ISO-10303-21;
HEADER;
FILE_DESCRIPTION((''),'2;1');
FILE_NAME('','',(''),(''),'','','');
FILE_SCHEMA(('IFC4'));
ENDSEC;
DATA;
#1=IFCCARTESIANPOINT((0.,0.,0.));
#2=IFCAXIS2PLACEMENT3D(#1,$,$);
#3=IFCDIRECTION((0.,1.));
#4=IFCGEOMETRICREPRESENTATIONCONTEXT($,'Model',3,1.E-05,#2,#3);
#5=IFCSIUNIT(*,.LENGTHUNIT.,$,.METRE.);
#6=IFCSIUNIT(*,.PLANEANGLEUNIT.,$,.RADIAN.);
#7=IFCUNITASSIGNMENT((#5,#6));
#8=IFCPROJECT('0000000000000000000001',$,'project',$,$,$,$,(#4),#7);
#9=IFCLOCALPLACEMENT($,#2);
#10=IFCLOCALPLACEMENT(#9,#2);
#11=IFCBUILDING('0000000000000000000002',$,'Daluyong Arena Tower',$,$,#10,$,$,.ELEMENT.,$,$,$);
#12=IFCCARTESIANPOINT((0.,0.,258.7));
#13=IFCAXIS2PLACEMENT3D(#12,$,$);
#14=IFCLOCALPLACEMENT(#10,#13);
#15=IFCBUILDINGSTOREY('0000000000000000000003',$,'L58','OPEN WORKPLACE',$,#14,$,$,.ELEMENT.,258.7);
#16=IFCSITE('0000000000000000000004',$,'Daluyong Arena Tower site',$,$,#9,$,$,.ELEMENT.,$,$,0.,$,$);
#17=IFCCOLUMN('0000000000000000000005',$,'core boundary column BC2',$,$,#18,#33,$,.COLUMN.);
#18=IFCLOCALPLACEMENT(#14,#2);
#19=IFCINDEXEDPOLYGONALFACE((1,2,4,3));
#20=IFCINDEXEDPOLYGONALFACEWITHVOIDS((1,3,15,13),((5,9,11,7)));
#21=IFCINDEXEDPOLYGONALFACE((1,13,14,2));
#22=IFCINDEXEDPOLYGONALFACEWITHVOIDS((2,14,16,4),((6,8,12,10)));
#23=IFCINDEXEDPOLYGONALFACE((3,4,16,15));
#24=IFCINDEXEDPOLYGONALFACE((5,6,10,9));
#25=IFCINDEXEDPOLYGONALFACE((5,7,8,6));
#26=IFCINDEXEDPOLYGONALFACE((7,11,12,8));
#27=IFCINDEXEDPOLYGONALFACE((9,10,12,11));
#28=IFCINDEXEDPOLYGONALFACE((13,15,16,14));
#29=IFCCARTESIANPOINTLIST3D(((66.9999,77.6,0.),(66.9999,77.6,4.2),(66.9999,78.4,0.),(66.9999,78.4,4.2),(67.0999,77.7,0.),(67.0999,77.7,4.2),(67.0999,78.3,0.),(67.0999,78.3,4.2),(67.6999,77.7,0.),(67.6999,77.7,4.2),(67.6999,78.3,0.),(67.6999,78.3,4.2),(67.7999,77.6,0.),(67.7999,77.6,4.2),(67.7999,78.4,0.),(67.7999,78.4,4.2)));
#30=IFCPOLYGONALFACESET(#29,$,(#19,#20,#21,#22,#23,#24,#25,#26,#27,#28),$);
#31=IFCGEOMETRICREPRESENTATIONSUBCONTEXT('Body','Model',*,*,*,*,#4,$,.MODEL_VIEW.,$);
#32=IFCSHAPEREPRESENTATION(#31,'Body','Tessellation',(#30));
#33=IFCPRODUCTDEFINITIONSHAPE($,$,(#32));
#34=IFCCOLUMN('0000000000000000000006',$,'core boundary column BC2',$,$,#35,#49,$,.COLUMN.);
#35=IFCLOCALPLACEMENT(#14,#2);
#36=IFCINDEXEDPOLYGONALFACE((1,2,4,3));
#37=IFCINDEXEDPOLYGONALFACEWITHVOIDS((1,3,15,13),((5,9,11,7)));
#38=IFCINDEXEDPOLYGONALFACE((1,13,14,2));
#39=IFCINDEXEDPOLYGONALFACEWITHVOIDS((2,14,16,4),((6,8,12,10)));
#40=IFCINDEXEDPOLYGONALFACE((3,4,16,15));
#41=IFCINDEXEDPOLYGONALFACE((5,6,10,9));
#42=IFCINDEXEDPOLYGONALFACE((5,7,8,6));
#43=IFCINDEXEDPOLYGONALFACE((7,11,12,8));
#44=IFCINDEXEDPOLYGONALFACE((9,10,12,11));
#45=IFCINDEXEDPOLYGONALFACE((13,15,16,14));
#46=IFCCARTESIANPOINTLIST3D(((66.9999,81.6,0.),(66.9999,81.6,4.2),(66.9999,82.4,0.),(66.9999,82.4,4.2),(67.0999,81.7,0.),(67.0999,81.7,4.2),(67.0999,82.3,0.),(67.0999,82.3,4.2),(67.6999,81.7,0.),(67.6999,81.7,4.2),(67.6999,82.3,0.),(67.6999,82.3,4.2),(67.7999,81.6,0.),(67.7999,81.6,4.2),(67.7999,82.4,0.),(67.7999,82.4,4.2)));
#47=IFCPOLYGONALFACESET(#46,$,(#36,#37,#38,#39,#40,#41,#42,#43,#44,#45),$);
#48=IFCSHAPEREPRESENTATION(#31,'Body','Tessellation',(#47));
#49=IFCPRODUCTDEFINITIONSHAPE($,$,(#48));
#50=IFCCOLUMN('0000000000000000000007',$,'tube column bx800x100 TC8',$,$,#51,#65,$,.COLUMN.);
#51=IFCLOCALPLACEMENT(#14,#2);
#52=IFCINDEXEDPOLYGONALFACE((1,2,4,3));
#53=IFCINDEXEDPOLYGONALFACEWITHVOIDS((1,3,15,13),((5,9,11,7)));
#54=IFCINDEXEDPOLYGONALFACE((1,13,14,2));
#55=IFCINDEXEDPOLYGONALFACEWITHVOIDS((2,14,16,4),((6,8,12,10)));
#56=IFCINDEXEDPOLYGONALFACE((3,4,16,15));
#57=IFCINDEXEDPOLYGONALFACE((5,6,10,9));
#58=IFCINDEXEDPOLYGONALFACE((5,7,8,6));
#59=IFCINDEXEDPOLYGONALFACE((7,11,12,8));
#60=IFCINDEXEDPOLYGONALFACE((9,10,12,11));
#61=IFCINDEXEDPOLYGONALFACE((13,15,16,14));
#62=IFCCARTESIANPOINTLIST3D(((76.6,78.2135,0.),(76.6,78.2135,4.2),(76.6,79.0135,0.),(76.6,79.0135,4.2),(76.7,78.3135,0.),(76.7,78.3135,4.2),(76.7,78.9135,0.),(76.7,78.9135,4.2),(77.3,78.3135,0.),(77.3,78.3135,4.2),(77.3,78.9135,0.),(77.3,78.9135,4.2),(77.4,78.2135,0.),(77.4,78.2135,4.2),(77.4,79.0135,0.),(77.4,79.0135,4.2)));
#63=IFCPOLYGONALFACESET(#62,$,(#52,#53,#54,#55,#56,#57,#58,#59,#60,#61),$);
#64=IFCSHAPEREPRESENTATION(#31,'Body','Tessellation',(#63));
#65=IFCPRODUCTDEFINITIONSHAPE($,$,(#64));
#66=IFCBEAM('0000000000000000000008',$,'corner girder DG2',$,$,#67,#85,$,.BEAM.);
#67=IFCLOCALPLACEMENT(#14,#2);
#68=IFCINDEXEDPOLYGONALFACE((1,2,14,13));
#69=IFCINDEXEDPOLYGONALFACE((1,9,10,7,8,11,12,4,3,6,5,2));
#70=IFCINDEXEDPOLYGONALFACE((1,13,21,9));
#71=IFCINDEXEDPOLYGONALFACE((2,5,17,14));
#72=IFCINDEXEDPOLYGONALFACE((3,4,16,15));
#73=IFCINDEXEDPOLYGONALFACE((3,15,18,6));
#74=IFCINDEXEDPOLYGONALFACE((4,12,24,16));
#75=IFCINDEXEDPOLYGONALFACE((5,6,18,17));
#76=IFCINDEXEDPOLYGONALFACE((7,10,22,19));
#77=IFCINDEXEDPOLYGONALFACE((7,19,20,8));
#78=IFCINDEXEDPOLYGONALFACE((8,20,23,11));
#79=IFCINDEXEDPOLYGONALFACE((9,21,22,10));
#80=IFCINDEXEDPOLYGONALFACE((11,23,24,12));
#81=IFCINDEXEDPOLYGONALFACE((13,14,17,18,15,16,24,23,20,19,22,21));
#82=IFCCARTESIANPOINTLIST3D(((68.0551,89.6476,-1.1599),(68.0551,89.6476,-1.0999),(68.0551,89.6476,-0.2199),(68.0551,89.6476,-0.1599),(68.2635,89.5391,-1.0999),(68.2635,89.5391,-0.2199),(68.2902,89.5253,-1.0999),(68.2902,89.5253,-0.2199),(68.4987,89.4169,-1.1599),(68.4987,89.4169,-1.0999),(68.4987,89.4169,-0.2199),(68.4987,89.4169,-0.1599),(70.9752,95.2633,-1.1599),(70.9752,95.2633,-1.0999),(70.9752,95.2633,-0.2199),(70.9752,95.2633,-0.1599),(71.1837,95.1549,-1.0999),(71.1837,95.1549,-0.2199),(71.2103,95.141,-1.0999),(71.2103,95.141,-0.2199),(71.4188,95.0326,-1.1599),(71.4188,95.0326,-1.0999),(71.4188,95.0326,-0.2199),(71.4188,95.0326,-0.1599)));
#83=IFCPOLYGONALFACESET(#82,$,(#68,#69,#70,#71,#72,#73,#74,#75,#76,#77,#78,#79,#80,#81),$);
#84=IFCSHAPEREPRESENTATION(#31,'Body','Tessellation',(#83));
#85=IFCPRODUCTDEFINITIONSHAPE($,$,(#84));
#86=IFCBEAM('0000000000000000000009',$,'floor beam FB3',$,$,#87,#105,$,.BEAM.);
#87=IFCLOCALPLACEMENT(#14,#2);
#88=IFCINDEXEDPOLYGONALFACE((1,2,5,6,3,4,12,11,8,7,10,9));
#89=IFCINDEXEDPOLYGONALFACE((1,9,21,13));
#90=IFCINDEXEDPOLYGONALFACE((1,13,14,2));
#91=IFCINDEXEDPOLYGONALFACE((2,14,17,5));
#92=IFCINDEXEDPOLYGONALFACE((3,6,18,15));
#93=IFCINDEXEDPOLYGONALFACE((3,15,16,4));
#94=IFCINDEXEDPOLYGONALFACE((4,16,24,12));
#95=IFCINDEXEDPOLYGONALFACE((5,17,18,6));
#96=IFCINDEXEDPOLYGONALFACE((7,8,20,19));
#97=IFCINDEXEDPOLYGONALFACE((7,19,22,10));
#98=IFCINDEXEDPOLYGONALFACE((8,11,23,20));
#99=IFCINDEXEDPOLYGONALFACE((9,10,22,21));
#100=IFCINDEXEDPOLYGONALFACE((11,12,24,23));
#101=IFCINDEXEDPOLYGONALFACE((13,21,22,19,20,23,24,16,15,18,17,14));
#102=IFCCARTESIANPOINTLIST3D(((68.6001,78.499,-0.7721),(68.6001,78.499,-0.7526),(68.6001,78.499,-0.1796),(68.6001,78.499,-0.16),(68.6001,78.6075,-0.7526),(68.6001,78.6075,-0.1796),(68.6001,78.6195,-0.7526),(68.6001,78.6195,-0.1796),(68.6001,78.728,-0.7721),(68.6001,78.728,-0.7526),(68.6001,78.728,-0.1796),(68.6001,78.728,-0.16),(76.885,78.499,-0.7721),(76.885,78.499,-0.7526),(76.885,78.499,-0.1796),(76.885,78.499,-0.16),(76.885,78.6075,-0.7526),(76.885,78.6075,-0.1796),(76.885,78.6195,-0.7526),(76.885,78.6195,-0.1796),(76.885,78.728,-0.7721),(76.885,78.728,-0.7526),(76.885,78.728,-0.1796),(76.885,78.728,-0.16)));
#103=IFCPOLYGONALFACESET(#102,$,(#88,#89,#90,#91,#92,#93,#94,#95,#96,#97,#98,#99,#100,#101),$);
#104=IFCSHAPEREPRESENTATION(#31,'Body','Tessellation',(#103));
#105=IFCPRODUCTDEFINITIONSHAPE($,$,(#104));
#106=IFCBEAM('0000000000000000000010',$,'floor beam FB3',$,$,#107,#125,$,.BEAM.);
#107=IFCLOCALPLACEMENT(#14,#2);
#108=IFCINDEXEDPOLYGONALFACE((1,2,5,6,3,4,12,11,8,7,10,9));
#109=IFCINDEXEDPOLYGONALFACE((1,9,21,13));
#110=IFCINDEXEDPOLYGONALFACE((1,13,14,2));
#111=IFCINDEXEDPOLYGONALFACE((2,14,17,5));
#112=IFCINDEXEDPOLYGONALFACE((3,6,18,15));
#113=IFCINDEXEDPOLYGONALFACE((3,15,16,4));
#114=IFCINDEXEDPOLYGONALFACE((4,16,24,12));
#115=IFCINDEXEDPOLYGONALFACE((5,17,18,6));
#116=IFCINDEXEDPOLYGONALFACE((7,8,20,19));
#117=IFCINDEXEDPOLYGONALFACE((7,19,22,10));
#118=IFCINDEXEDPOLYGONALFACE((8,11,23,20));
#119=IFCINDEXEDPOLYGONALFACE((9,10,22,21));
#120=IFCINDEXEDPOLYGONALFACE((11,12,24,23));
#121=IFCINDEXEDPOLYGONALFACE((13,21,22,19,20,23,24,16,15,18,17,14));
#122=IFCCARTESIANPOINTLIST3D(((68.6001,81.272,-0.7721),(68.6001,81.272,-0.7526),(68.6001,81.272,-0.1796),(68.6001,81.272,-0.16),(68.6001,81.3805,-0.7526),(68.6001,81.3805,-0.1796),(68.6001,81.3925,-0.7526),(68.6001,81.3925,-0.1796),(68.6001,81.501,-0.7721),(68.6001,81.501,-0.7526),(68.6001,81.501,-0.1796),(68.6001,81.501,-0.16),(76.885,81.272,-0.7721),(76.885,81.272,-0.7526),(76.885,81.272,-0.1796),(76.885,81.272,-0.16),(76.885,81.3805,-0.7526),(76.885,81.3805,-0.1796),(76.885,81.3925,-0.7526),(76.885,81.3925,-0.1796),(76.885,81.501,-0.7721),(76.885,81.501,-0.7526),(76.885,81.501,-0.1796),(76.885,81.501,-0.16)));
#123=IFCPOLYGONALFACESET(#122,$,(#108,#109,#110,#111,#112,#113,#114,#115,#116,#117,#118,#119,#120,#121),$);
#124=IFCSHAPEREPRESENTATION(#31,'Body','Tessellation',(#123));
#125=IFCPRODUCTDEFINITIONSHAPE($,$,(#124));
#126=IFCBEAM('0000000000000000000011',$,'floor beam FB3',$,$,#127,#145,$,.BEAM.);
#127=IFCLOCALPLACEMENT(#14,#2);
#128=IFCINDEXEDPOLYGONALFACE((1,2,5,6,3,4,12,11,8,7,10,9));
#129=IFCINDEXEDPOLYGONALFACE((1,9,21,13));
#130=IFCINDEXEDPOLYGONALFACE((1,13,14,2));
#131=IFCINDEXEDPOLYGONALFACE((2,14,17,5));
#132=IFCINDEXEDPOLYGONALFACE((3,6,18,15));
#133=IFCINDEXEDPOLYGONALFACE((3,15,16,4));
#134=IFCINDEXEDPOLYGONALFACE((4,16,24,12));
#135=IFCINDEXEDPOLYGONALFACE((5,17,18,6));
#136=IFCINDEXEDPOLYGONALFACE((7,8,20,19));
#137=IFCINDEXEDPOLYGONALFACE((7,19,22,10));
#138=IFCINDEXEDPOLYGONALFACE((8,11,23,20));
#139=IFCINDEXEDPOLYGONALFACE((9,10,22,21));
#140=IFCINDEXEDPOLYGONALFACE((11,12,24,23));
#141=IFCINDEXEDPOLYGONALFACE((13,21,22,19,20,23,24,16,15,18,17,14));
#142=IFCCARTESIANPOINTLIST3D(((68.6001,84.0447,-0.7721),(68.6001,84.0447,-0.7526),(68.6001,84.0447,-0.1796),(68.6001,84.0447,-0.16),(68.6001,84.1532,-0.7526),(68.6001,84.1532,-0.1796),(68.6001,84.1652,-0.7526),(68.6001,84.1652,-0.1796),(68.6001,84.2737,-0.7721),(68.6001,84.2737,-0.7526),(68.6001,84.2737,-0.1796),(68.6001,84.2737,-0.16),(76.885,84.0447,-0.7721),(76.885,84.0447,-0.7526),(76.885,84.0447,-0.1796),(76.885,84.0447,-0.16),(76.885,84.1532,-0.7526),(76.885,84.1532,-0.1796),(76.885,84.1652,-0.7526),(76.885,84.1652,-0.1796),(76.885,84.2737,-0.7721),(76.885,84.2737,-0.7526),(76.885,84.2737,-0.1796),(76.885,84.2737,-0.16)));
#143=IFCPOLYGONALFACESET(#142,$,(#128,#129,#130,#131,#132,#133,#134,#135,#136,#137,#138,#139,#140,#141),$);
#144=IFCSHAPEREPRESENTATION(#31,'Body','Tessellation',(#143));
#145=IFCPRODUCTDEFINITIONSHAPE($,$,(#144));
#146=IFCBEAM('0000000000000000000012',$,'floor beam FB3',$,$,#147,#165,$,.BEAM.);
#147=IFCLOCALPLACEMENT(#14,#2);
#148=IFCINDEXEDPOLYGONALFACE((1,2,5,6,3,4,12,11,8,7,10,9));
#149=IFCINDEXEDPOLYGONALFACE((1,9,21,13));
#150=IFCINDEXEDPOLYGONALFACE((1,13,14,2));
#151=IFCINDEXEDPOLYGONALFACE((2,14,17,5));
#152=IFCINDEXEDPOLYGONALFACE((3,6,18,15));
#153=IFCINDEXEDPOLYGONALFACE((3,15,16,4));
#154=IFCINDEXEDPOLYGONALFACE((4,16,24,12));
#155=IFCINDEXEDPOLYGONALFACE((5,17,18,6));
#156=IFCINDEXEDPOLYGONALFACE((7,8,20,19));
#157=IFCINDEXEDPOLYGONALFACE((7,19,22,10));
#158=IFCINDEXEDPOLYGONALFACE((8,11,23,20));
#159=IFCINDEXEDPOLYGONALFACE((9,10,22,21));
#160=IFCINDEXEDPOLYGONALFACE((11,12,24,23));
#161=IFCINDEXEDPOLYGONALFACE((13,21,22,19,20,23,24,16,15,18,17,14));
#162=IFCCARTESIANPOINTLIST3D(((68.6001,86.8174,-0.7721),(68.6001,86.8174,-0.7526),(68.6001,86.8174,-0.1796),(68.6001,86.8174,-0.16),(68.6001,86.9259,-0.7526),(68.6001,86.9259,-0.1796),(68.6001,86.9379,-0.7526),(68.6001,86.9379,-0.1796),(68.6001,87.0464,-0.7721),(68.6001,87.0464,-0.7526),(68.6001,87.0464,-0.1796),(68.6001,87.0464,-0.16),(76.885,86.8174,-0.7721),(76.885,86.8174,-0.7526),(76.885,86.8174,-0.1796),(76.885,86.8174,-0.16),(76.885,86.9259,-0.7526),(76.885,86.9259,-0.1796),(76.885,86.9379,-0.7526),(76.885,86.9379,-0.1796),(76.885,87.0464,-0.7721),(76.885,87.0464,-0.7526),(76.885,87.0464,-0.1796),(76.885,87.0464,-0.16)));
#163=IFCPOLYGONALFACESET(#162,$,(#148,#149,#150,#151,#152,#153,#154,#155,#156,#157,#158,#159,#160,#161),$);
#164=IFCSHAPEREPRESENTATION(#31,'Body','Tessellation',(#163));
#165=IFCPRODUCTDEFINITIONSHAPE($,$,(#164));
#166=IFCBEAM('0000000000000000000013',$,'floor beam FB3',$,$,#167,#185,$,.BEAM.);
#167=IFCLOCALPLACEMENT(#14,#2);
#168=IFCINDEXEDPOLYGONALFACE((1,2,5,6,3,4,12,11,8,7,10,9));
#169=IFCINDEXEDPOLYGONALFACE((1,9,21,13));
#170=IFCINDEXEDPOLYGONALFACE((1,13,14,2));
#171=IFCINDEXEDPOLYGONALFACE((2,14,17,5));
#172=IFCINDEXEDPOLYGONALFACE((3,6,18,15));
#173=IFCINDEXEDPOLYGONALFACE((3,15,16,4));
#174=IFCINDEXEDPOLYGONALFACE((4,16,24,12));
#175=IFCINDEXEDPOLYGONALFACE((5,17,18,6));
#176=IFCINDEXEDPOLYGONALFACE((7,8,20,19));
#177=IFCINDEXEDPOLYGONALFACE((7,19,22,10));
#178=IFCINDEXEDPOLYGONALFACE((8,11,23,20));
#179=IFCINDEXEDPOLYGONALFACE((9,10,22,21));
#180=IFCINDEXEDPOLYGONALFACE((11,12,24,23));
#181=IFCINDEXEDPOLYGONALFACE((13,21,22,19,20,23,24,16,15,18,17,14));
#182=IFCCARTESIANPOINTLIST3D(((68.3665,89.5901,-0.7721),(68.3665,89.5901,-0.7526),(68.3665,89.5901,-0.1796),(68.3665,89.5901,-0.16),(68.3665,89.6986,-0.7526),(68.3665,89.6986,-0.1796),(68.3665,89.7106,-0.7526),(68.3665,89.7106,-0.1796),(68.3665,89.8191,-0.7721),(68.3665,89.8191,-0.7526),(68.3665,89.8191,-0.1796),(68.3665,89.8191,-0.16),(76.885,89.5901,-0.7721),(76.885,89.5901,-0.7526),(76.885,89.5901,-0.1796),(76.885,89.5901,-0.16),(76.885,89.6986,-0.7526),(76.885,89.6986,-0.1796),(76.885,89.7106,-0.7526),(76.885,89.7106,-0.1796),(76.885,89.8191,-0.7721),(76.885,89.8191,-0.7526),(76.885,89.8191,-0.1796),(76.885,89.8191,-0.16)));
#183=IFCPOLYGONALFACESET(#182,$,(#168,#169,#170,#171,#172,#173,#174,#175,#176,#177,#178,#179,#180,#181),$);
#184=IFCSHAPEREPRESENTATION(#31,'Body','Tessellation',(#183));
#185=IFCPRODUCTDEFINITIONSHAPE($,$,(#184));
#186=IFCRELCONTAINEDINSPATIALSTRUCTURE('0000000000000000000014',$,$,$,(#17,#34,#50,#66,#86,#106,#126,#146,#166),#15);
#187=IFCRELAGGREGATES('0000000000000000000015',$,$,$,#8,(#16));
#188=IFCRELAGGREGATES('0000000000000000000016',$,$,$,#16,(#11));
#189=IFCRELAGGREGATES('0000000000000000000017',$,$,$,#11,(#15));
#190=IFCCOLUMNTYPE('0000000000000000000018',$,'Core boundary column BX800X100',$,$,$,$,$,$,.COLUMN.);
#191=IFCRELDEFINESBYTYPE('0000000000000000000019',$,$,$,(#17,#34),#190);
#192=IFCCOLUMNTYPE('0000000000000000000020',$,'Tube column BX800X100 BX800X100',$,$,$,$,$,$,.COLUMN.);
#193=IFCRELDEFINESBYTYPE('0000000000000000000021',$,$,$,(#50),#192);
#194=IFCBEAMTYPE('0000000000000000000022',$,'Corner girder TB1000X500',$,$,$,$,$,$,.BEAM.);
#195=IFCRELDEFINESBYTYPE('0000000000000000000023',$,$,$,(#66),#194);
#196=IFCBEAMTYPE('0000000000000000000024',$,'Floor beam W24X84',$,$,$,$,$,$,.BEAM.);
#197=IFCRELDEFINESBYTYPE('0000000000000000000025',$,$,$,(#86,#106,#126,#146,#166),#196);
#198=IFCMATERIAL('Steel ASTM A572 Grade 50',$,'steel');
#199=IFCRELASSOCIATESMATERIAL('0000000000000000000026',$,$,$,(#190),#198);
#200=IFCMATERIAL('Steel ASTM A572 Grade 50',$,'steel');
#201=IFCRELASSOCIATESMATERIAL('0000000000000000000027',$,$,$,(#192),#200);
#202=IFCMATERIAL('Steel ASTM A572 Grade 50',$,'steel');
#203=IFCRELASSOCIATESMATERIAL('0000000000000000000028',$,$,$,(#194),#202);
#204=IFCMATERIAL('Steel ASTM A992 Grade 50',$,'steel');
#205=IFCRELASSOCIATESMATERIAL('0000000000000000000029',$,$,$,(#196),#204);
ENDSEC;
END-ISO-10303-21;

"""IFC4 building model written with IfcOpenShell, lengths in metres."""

from ifc_helpers import new_model, si_unit, direction, frame, origin, origin_2d, place, context, subcontext, project, spatial, hollow_rectangle, i_section, extrude, material, material_profile, profile_set, type_object, element, save


model = new_model("IFC4")

# Units and contexts
model_context = context("Model", 3, precision=1e-05, world=origin(), true_north=direction((0.0, 1.0)))
body_context = subcontext(model_context, "Body", "Model", "MODEL_VIEW")
ifc_project = project(units=[si_unit("LENGTHUNIT", "METRE"), si_unit("PLANEANGLEUNIT", "RADIAN")], contexts=[model_context])

# Site, building, storey
site_placement = place(None, origin())
site = spatial("IfcSite", under=ifc_project, at=site_placement, Name="Daluyong Arena Tower site", CompositionType="ELEMENT", RefElevation=0.0)
building_placement = place(site_placement, origin())
building = spatial("IfcBuilding", under=site, at=building_placement, Name="Daluyong Arena Tower", CompositionType="ELEMENT")
storey_placement = place(building_placement, frame((0.0, 0.0, 258.7)))
storey = spatial("IfcBuildingStorey", under=building, at=storey_placement, Name="L58", Description="OPEN WORKPLACE", CompositionType="ELEMENT", Elevation=258.7)

# Columns
ifc_material_1 = material(Name="Steel ASTM A572 Grade 50", Category="steel")
ifc_material_profile_1 = material_profile(ifc_material_1, hollow_rectangle(XDim=0.8, YDim=0.8, WallThickness=0.1, at=origin_2d()))
ifc_profile_set_1 = profile_set([ifc_material_profile_1], Name="Steel ASTM A572 Grade 50")
column_type_1 = type_object("IfcColumnType", Name="Core boundary column BX800X100", PredefinedType="COLUMN", material=ifc_profile_set_1)
for number, where, z_axis, x_axis, name in (
    (1, (67.3999, 78.0, 0.0), (0.0, 0.0, 1.0), (1.0, 0.0, 0.0), "core boundary column BC2"),
    (2, (67.3999, 82.0, 0.0), (0.0, 0.0, 1.0), (1.0, 0.0, 0.0), "core boundary column BC2"),
):
    element("IfcColumn", number, at=place(storey_placement, frame(where, z_axis=z_axis, x_axis=x_axis)), inside=storey, type_object=column_type_1, Name=name, PredefinedType="COLUMN", context=body_context, shape_type="SweptSolid", body=[
        extrude(hollow_rectangle(XDim=0.8, YDim=0.8, WallThickness=0.1, at=origin_2d()), origin(), (0.0, 0.0, 1.0), 4.2),
    ])
ifc_material_2 = material(Name="Steel ASTM A572 Grade 50", Category="steel")
ifc_material_profile_2 = material_profile(ifc_material_2, hollow_rectangle(XDim=0.8, YDim=0.8, WallThickness=0.1, at=origin_2d()))
ifc_profile_set_2 = profile_set([ifc_material_profile_2], Name="Steel ASTM A572 Grade 50")
column_type_2 = type_object("IfcColumnType", Name="Tube column BX800X100 BX800X100", PredefinedType="COLUMN", material=ifc_profile_set_2)
column_placement = place(storey_placement, frame((77.0, 78.6135, 0.0), z_axis=(0.0, 0.0, 1.0), x_axis=(0.0, 1.0, 0.0)))
element("IfcColumn", 3, at=column_placement, inside=storey, type_object=column_type_2, Name="tube column bx800x100 TC8", PredefinedType="COLUMN", context=body_context, shape_type="SweptSolid", body=[
    extrude(hollow_rectangle(XDim=0.8, YDim=0.8, WallThickness=0.1, at=origin_2d()), origin(), (0.0, 0.0, 1.0), 4.2),
])

# Beams
ifc_material_3 = material(Name="Steel ASTM A572 Grade 50", Category="steel")
ifc_material_profile_3 = material_profile(ifc_material_3, i_section(OverallWidth=0.5, OverallDepth=1.0, WebThickness=0.03, FlangeThickness=0.06, at=origin_2d()))
ifc_profile_set_3 = profile_set([ifc_material_profile_3], Name="Steel ASTM A572 Grade 50")
beam_type_1 = type_object("IfcBeamType", Name="Corner girder TB1000X500", PredefinedType="BEAM", material=ifc_profile_set_3)
beam_1_placement = place(storey_placement, frame((71.197, 95.1479, -0.6599), z_axis=(-0.461352, -0.887217, 0.0), x_axis=(0.887217, -0.461352, 0.0)))
element("IfcBeam", 4, at=beam_1_placement, inside=storey, type_object=beam_type_1, Name="corner girder DG2", PredefinedType="BEAM", context=body_context, shape_type="SweptSolid", body=[
    extrude(i_section(OverallWidth=0.5, OverallDepth=1.0, WebThickness=0.03, FlangeThickness=0.06, at=origin_2d()), origin(), (0.0, 0.0, 1.0), 6.3296),
])
ifc_material_4 = material(Name="Steel ASTM A992 Grade 50", Category="steel")
ifc_material_profile_4 = material_profile(ifc_material_4, i_section(OverallWidth=0.229, OverallDepth=0.6121, WebThickness=0.012, FlangeThickness=0.0195, at=origin_2d()))
ifc_profile_set_4 = profile_set([ifc_material_profile_4], Name="Steel ASTM A992 Grade 50")
beam_type_2 = type_object("IfcBeamType", Name="Floor beam W24X84", PredefinedType="BEAM", material=ifc_profile_set_4)
for number, where, z_axis, x_axis, name in (
    (5, (76.885, 78.6135, -0.4661), (-1.0, 0.0, 0.0), (0.0, -1.0, 0.0), "floor beam FB3"),
    (6, (76.885, 81.3865, -0.4661), (-1.0, 0.0, 0.0), (0.0, -1.0, 0.0), "floor beam FB3"),
    (7, (76.885, 84.1592, -0.4661), (-1.0, 0.0, 0.0), (0.0, -1.0, 0.0), "floor beam FB3"),
    (8, (76.885, 86.9319, -0.4661), (-1.0, 0.0, 0.0), (0.0, -1.0, 0.0), "floor beam FB3"),
):
    element("IfcBeam", number, at=place(storey_placement, frame(where, z_axis=z_axis, x_axis=x_axis)), inside=storey, type_object=beam_type_2, Name=name, PredefinedType="BEAM", context=body_context, shape_type="SweptSolid", body=[
        extrude(i_section(OverallWidth=0.229, OverallDepth=0.6121, WebThickness=0.012, FlangeThickness=0.0195, at=origin_2d()), origin(), (0.0, 0.0, 1.0), 8.2849),
    ])
beam_2_placement = place(storey_placement, frame((76.885, 89.7046, -0.4661), z_axis=(-1.0, 0.0, 0.0), x_axis=(0.0, -1.0, 0.0)))
element("IfcBeam", 9, at=beam_2_placement, inside=storey, type_object=beam_type_2, Name="floor beam FB3", PredefinedType="BEAM", context=body_context, shape_type="SweptSolid", body=[
    extrude(i_section(OverallWidth=0.229, OverallDepth=0.6121, WebThickness=0.012, FlangeThickness=0.0195, at=origin_2d()), origin(), (0.0, 0.0, 1.0), 8.5186),
])

save(model, "model.ifc")
